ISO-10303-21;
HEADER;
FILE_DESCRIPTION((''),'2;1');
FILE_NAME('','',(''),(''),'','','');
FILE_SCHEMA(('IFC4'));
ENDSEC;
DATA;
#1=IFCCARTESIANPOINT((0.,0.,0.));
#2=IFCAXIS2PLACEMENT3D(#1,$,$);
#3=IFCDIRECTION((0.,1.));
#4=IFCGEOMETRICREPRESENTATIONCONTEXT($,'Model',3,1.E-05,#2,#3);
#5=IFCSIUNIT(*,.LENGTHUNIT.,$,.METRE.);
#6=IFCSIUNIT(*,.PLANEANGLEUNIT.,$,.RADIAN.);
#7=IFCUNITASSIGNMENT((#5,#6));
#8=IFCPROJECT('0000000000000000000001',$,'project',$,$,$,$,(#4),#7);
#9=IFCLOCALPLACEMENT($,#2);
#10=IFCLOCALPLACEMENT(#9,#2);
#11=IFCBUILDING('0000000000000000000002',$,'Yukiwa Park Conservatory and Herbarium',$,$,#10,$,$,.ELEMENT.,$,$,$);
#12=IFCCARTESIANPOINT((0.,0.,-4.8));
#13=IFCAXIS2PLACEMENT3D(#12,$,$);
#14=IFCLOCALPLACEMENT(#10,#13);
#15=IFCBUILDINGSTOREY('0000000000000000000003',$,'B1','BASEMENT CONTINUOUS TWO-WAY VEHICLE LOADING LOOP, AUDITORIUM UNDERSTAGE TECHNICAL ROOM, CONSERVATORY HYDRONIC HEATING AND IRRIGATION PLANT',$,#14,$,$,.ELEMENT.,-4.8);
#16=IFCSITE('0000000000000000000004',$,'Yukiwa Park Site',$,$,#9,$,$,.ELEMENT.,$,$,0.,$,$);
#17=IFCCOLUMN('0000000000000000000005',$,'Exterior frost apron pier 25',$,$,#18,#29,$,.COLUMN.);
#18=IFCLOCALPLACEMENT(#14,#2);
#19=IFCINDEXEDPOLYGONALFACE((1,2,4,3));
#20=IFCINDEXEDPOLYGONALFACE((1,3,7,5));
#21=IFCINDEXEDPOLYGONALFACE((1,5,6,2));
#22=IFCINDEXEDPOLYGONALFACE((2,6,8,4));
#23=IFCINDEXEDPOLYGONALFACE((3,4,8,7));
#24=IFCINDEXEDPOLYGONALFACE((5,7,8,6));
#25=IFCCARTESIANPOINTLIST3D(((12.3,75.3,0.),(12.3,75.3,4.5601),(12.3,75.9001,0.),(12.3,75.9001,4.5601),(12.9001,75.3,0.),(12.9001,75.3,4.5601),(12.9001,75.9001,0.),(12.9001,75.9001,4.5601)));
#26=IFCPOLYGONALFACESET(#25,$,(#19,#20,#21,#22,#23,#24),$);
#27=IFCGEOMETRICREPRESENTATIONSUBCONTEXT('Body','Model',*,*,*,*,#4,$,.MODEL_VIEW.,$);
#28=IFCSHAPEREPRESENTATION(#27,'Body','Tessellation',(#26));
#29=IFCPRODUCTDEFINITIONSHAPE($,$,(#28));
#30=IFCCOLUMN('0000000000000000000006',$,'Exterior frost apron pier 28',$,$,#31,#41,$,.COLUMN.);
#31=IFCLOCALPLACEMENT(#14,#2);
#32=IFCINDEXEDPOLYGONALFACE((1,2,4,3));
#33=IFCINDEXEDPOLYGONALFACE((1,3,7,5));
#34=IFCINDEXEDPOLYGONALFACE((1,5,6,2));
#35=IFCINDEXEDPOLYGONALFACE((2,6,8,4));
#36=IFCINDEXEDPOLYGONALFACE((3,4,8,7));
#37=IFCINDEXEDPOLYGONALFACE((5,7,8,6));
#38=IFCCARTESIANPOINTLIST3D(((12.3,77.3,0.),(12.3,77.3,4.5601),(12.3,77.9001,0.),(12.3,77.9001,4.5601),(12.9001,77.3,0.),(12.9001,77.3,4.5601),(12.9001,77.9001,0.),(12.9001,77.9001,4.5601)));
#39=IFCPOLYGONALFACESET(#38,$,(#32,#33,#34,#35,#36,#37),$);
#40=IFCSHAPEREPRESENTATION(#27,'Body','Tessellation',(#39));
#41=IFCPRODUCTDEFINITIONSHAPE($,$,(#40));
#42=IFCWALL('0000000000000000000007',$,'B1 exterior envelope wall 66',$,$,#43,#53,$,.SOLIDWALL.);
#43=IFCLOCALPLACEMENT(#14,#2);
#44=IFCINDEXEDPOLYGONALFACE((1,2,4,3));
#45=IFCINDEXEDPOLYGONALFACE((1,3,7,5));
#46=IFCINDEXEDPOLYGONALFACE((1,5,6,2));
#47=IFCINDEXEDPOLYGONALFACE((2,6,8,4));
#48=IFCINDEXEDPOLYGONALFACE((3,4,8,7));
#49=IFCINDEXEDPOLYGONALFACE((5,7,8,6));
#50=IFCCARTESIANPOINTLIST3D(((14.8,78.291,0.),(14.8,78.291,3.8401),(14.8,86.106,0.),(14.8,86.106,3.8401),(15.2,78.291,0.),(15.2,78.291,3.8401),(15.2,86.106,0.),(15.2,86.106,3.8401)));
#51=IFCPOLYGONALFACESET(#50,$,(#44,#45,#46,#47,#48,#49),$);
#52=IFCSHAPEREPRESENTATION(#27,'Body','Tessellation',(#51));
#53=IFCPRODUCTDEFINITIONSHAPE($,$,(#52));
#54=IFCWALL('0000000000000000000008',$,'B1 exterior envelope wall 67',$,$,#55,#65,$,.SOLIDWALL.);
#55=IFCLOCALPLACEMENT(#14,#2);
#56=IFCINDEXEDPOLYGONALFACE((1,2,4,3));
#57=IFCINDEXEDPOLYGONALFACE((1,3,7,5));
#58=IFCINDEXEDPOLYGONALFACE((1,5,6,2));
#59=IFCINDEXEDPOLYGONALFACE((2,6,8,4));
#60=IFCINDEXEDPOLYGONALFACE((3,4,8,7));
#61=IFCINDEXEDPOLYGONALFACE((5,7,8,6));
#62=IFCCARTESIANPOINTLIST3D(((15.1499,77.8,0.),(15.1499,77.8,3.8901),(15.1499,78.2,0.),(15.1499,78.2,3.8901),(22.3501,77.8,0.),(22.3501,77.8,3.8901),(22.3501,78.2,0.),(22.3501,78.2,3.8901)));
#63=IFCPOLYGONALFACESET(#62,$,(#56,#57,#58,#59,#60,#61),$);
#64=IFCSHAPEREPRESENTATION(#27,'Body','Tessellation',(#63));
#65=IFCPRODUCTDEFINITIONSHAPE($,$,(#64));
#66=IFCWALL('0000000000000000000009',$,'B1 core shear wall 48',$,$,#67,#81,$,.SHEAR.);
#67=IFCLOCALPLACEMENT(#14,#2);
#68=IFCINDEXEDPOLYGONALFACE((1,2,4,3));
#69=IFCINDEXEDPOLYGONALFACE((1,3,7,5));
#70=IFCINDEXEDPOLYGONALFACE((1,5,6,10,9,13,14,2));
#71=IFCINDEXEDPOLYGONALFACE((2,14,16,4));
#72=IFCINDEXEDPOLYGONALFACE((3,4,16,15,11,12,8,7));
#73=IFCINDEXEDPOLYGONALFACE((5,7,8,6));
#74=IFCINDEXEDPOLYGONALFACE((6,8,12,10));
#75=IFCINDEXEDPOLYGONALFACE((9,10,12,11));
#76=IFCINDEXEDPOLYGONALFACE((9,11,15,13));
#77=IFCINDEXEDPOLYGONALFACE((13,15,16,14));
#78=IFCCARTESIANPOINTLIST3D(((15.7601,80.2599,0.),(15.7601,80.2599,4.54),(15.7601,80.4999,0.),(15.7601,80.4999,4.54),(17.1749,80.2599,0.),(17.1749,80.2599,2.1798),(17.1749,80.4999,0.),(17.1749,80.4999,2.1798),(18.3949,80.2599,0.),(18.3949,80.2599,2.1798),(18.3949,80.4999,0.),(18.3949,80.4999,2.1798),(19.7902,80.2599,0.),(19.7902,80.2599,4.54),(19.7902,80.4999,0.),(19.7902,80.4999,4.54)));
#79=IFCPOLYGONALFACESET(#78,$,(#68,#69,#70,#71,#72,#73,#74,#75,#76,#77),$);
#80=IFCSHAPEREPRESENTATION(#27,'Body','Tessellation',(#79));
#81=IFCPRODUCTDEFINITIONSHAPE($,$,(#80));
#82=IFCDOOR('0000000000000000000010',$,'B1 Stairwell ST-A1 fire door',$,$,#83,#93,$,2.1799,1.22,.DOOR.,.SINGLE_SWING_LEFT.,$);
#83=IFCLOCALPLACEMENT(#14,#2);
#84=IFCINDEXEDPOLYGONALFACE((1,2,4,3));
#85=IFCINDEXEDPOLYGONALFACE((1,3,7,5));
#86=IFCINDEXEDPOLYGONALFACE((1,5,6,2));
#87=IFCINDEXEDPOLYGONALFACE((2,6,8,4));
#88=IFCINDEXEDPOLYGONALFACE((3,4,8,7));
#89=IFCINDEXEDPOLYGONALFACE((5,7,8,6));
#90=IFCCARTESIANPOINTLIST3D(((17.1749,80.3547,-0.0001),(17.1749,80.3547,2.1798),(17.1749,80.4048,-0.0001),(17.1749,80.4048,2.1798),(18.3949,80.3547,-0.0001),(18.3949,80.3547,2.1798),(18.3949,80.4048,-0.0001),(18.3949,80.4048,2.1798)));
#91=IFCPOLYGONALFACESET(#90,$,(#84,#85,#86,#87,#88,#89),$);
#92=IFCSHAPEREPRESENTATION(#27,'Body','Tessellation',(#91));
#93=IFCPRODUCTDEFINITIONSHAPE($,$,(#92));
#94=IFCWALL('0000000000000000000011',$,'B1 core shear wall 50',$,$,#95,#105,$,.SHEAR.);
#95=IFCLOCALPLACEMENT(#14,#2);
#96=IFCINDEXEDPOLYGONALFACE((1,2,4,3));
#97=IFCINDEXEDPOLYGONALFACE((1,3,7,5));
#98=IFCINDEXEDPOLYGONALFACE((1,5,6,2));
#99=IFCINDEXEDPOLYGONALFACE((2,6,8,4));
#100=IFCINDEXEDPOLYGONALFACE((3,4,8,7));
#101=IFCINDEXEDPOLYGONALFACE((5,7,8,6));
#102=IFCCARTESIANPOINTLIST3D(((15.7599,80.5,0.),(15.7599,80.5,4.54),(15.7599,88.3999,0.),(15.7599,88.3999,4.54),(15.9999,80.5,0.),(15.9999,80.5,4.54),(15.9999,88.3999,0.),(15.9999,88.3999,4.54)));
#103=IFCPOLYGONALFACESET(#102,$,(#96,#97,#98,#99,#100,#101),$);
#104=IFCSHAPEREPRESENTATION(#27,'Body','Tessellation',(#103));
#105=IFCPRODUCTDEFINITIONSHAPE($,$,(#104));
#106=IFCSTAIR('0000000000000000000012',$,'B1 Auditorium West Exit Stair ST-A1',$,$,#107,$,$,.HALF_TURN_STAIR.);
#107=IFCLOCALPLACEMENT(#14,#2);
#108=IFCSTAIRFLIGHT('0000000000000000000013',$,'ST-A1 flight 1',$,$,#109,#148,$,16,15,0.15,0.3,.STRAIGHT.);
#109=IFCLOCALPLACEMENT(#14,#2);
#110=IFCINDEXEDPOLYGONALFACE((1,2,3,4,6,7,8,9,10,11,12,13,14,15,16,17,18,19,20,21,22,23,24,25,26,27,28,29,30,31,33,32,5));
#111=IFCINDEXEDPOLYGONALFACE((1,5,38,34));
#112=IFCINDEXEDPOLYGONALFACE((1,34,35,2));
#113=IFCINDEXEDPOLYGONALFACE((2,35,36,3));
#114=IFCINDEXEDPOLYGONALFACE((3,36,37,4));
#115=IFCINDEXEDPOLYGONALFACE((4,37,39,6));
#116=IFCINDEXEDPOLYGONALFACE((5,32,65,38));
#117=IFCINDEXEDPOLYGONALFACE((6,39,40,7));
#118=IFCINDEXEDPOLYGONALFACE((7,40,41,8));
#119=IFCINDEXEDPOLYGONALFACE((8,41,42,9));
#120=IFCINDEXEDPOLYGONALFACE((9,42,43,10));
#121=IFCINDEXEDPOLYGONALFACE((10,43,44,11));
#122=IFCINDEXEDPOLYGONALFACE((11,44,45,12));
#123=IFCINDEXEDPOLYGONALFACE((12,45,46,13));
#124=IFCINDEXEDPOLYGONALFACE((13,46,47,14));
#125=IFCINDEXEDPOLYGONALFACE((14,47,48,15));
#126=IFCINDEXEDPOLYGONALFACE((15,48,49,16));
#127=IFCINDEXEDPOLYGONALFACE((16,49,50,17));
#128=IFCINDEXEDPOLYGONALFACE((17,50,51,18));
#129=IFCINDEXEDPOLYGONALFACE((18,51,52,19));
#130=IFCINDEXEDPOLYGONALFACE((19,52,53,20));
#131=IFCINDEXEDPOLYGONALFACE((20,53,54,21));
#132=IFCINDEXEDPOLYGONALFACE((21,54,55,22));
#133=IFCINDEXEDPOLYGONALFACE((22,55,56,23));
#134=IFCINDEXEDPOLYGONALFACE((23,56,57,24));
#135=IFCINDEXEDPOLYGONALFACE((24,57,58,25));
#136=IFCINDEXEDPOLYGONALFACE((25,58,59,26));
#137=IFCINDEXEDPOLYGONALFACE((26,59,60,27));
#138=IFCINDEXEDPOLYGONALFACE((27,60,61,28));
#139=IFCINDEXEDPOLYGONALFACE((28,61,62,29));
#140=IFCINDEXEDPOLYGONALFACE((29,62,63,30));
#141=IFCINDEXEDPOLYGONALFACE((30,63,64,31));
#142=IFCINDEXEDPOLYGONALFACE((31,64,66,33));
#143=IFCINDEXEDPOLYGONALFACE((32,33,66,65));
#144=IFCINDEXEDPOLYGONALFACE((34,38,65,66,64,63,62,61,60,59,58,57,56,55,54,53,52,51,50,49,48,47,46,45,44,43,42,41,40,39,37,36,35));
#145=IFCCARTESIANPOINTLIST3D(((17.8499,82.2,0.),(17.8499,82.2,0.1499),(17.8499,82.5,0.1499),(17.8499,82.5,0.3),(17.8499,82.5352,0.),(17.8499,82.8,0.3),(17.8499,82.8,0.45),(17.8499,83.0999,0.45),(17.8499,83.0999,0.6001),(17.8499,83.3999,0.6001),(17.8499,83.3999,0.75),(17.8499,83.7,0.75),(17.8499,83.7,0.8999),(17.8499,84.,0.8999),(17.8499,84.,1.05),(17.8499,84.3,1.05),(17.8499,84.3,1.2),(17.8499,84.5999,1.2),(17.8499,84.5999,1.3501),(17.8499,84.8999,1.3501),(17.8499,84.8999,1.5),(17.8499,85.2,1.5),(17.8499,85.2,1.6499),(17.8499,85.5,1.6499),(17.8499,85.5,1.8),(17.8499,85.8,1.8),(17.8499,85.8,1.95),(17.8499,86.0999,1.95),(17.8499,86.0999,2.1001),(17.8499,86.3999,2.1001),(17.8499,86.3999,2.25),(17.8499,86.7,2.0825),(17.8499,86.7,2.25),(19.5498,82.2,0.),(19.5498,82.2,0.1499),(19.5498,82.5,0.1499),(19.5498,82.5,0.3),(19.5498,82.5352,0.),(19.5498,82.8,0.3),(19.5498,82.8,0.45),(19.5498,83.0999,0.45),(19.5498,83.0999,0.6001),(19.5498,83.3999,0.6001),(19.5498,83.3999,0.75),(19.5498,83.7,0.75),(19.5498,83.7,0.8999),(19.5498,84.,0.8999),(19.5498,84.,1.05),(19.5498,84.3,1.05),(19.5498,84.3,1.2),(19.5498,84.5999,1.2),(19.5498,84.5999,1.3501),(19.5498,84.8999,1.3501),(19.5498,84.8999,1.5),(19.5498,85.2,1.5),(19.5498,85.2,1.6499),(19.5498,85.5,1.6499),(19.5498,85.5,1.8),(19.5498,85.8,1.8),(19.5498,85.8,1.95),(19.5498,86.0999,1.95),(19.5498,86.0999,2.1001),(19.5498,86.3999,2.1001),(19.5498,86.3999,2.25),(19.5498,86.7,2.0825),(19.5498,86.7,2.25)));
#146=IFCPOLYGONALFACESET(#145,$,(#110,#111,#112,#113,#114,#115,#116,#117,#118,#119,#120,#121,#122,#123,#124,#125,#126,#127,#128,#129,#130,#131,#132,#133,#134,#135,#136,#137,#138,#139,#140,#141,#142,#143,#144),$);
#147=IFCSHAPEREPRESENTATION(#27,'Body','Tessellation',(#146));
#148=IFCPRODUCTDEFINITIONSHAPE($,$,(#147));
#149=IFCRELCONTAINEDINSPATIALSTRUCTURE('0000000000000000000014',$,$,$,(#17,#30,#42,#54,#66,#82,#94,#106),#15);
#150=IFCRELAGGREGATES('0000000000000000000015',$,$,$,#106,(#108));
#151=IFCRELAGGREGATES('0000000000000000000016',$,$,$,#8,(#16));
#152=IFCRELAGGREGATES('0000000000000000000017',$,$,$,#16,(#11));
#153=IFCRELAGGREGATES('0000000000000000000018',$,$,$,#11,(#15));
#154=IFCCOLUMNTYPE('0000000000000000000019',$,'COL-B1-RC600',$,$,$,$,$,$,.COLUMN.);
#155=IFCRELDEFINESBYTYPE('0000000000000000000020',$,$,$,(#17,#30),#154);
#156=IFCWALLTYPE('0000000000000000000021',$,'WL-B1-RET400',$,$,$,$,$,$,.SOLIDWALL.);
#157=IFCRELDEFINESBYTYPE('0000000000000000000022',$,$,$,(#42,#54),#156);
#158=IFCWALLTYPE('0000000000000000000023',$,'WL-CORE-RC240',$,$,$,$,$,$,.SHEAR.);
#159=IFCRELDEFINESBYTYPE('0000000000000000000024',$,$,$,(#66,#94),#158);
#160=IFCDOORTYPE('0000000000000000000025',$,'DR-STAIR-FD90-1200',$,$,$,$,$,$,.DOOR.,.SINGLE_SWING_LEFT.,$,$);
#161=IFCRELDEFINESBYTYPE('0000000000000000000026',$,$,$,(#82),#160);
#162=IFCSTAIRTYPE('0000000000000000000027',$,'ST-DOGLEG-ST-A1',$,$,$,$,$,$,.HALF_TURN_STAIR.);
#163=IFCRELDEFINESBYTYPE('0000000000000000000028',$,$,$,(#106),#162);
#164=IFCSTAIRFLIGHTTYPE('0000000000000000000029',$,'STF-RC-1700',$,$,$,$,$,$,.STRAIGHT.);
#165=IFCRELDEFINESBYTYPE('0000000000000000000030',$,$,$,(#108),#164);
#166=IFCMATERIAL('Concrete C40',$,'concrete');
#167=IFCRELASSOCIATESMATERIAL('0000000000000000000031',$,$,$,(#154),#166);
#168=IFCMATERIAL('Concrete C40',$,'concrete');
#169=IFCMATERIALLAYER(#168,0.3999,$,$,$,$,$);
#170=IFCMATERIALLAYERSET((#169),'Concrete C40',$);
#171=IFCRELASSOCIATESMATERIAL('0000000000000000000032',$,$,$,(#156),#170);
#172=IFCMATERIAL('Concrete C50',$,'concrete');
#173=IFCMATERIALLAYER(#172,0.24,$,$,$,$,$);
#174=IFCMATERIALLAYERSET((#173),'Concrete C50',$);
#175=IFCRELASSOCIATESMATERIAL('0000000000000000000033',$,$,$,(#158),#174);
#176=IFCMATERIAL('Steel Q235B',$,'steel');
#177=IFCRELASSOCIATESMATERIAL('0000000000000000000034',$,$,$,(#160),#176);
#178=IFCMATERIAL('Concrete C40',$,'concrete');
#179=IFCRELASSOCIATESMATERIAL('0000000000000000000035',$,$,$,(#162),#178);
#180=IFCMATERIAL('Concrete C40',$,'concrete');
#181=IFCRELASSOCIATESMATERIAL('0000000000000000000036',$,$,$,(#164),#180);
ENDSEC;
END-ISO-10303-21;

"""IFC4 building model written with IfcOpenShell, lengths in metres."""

from ifc_helpers import new_model, si_unit, direction, frame, frame_2d, origin, origin_2d, place, context, subcontext, project, spatial, polyline, rectangle, outline, extrude, material, layer, layer_set, material_profile, profile_set, type_object, element, fill, aggregate, save


model = new_model("IFC4")

# Units and contexts
model_context = context("Model", 3, precision=1e-05, world=origin(), true_north=direction((0.0, 1.0)))
body_context = subcontext(model_context, "Body", "Model", "MODEL_VIEW")
ifc_project = project(units=[si_unit("LENGTHUNIT", "METRE"), si_unit("PLANEANGLEUNIT", "RADIAN")], contexts=[model_context])

# Site, building, storey
site_placement = place(None, origin())
site = spatial("IfcSite", under=ifc_project, at=site_placement, Name="Yukiwa Park Site", CompositionType="ELEMENT", RefElevation=0.0)
building_placement = place(site_placement, origin())
building = spatial("IfcBuilding", under=site, at=building_placement, Name="Yukiwa Park Conservatory and Herbarium", CompositionType="ELEMENT")
storey_placement = place(building_placement, frame((0.0, 0.0, -4.8)))
storey = spatial("IfcBuildingStorey", under=building, at=storey_placement, Name="B1", Description="BASEMENT CONTINUOUS TWO-WAY VEHICLE LOADING LOOP, AUDITORIUM UNDERSTAGE TECHNICAL ROOM, CONSERVATORY HYDRONIC HEATING AND IRRIGATION PLANT", CompositionType="ELEMENT", Elevation=-4.8)

# Columns
ifc_material_1 = material(Name="Concrete C40", Category="concrete")
ifc_material_profile_1 = material_profile(ifc_material_1, rectangle(XDim=0.6001, YDim=0.6001, at=origin_2d()), Name="RC 600x600")
ifc_profile_set_1 = profile_set([ifc_material_profile_1], Name="Concrete C40")
column_type_1 = type_object("IfcColumnType", Name="COL-B1-RC600", PredefinedType="COLUMN", material=ifc_profile_set_1)
for number, where, z_axis, x_axis, name in (
    (1, (12.6001, 75.6001, 0.0), (0.0, 0.0, 1.0), (1.0, 0.0, 0.0), "Exterior frost apron pier 25"),
    (2, (12.6001, 77.6001, 0.0), (0.0, 0.0, 1.0), (1.0, 0.0, 0.0), "Exterior frost apron pier 28"),
):
    element("IfcColumn", number, at=place(storey_placement, frame(where, z_axis=z_axis, x_axis=x_axis)), inside=storey, type_object=column_type_1, Name=name, PredefinedType="COLUMN", context=body_context, shape_type="SweptSolid", body=[
        extrude(rectangle(XDim=0.6001, YDim=0.6001, at=origin_2d()), origin(), (0.0, 0.0, 1.0), 4.5601),
    ])

# Walls
ifc_material_2 = material(Name="Concrete C40", Category="concrete")
ifc_layer_1 = layer(ifc_material_2, 0.3999)
ifc_layer_set_1 = layer_set([ifc_layer_1], Name="Concrete C40")
wall_type_1 = type_object("IfcWallType", Name="WL-B1-RET400", PredefinedType="SOLIDWALL", material=ifc_layer_set_1)
wall_1_placement = place(storey_placement, frame((15.0, 86.106, 0.0), z_axis=(0.0, 0.0, 1.0), x_axis=(0.0, -1.0, 0.0)))
element("IfcWall", 3, at=wall_1_placement, inside=storey, type_object=wall_type_1, Name="B1 exterior envelope wall 66", PredefinedType="SOLIDWALL", context=body_context, shape_type="SweptSolid", body=[
    extrude(rectangle(XDim=7.8149, YDim=0.3999, at=frame_2d((3.9075, 0.0))), origin(), (0.0, 0.0, 1.0), 3.8401),
])
wall_2_placement = place(storey_placement, frame((15.1499, 78.0, 0.0), z_axis=(0.0, 0.0, 1.0), x_axis=(1.0, 0.0, 0.0)))
element("IfcWall", 4, at=wall_2_placement, inside=storey, type_object=wall_type_1, Name="B1 exterior envelope wall 67", PredefinedType="SOLIDWALL", context=body_context, shape_type="SweptSolid", body=[
    extrude(rectangle(XDim=7.2002, YDim=0.3999, at=frame_2d((3.6001, 0.0))), origin(), (0.0, 0.0, 1.0), 3.8901),
])

# Wall, opening, door
ifc_material_3 = material(Name="Concrete C50", Category="concrete")
ifc_layer_2 = layer(ifc_material_3, 0.24)
ifc_layer_set_2 = layer_set([ifc_layer_2], Name="Concrete C50")
wall_type_2 = type_object("IfcWallType", Name="WL-CORE-RC240", PredefinedType="SHEAR", material=ifc_layer_set_2)
wall_3_placement = place(storey_placement, frame((15.76, 80.3799, 0.0), z_axis=(0.0, 0.0, 1.0), x_axis=(1.0, 0.0, 0.0)))
wall_3 = element("IfcWall", 5, at=wall_3_placement, inside=storey, type_object=wall_type_2, Name="B1 core shear wall 48", PredefinedType="SHEAR", context=body_context, shape_type="SweptSolid", body=[
    extrude(rectangle(XDim=4.03, YDim=0.24, at=frame_2d((2.0151, 0.0))), origin(), (0.0, 0.0, 1.0), 4.54),
])
opening_placement = place(wall_3_placement, frame((1.415, 0.0, 0.0)))
opening = element("IfcOpeningElement", 6, at=opening_placement, cuts=wall_3, PredefinedType="OPENING", context=body_context, shape_type="SweptSolid", body=[
    extrude(rectangle(XDim=1.22, YDim=2.1799, at=frame_2d((0.6099, 1.0898))), frame((0.0, 0.1299, 0.0), z_axis=(0.0, -1.0, 0.0), x_axis=(1.0, 0.0, 0.0)), (0.0, 0.0, 1.0), 0.26),
])
ifc_material_4 = material(Name="Steel Q235B", Category="steel")
door_type = type_object("IfcDoorType", Name="DR-STAIR-FD90-1200", OperationType="SINGLE_SWING_LEFT", PredefinedType="DOOR", material=ifc_material_4)
door_placement = place(opening_placement, origin())
door = element("IfcDoor", 7, at=door_placement, inside=storey, type_object=door_type, Name="B1 Stairwell ST-A1 fire door", OperationType="SINGLE_SWING_LEFT", OverallHeight=2.1799, OverallWidth=1.22, PredefinedType="DOOR", context=body_context, shape_type="SweptSolid", body=[
    extrude(rectangle(XDim=1.22, YDim=2.1799, at=frame_2d((0.6099, 1.0898))), frame((0.0, 0.0249, 0.0), z_axis=(0.0, -1.0, 0.0), x_axis=(1.0, 0.0, 0.0)), (0.0, 0.0, 1.0), 0.05),
])
fill(opening, door)

# Wall
wall_4_placement = place(storey_placement, frame((15.8799, 80.5, 0.0), z_axis=(0.0, 0.0, 1.0), x_axis=(0.0, 1.0, 0.0)))
element("IfcWall", 8, at=wall_4_placement, inside=storey, type_object=wall_type_2, Name="B1 core shear wall 50", PredefinedType="SHEAR", context=body_context, shape_type="SweptSolid", body=[
    extrude(rectangle(XDim=7.8999, YDim=0.24, at=frame_2d((3.95, 0.0))), origin(), (0.0, 0.0, 1.0), 4.54),
])

# Stair, stair flight
ifc_material_5 = material(Name="Concrete C40", Category="concrete")
stair_type = type_object("IfcStairType", Name="ST-DOGLEG-ST-A1", PredefinedType="HALF_TURN_STAIR", material=ifc_material_5)
stair_placement = place(storey_placement, origin())
stair = element("IfcStair", 9, at=stair_placement, inside=storey, type_object=stair_type, Name="B1 Auditorium West Exit Stair ST-A1", PredefinedType="HALF_TURN_STAIR")
ifc_material_6 = material(Name="Concrete C40", Category="concrete")
stair_flight_type = type_object("IfcStairFlightType", Name="STF-RC-1700", PredefinedType="STRAIGHT", material=ifc_material_6)
stair_flight_1_placement = place(storey_placement, frame((18.7, 82.2, 0.0), z_axis=(0.0, 0.0, 1.0), x_axis=(0.0, 1.0, 0.0)))
stair_flight_1 = element("IfcStairFlight", 10, at=stair_flight_1_placement, type_object=stair_flight_type, Name="ST-A1 flight 1", NumberOfRisers=16, NumberOfTreads=15, PredefinedType="STRAIGHT", RiserHeight=0.15, TreadLength=0.3, context=body_context, shape_type="SweptSolid", body=[
    extrude(outline(polyline([(0.0, 0.0), (0.0, 0.1499), (0.3, 0.1499), (0.3, 0.3), (0.6001, 0.3), (0.6001, 0.45), (0.8999, 0.45), (0.8999, 0.6001), (1.2, 0.6001), (1.2, 0.75), (1.5, 0.75), (1.5, 0.8999), (1.8, 0.8999), (1.8, 1.05), (2.1001, 1.05), (2.1001, 1.2), (2.3999, 1.2), (2.3999, 1.3501), (2.7, 1.3501), (2.7, 1.5), (3.0, 1.5), (3.0, 1.6499), (3.3, 1.6499), (3.3, 1.8), (3.6001, 1.8), (3.6001, 1.95), (3.8999, 1.95), (3.8999, 2.1001), (4.2, 2.1001), (4.2, 2.25), (4.5, 2.25), (4.5, 2.3999), (4.5, 2.0825), (0.3352, 0.0), (0.0, 0.0)])), frame((0.0, 0.8501, 0.0), z_axis=(0.0, -1.0, 0.0), x_axis=(1.0, 0.0, 0.0)), (0.0, 0.0, 1.0), 1.7),
])
aggregate(stair, [stair_flight_1])

save(model, "model.ifc")
